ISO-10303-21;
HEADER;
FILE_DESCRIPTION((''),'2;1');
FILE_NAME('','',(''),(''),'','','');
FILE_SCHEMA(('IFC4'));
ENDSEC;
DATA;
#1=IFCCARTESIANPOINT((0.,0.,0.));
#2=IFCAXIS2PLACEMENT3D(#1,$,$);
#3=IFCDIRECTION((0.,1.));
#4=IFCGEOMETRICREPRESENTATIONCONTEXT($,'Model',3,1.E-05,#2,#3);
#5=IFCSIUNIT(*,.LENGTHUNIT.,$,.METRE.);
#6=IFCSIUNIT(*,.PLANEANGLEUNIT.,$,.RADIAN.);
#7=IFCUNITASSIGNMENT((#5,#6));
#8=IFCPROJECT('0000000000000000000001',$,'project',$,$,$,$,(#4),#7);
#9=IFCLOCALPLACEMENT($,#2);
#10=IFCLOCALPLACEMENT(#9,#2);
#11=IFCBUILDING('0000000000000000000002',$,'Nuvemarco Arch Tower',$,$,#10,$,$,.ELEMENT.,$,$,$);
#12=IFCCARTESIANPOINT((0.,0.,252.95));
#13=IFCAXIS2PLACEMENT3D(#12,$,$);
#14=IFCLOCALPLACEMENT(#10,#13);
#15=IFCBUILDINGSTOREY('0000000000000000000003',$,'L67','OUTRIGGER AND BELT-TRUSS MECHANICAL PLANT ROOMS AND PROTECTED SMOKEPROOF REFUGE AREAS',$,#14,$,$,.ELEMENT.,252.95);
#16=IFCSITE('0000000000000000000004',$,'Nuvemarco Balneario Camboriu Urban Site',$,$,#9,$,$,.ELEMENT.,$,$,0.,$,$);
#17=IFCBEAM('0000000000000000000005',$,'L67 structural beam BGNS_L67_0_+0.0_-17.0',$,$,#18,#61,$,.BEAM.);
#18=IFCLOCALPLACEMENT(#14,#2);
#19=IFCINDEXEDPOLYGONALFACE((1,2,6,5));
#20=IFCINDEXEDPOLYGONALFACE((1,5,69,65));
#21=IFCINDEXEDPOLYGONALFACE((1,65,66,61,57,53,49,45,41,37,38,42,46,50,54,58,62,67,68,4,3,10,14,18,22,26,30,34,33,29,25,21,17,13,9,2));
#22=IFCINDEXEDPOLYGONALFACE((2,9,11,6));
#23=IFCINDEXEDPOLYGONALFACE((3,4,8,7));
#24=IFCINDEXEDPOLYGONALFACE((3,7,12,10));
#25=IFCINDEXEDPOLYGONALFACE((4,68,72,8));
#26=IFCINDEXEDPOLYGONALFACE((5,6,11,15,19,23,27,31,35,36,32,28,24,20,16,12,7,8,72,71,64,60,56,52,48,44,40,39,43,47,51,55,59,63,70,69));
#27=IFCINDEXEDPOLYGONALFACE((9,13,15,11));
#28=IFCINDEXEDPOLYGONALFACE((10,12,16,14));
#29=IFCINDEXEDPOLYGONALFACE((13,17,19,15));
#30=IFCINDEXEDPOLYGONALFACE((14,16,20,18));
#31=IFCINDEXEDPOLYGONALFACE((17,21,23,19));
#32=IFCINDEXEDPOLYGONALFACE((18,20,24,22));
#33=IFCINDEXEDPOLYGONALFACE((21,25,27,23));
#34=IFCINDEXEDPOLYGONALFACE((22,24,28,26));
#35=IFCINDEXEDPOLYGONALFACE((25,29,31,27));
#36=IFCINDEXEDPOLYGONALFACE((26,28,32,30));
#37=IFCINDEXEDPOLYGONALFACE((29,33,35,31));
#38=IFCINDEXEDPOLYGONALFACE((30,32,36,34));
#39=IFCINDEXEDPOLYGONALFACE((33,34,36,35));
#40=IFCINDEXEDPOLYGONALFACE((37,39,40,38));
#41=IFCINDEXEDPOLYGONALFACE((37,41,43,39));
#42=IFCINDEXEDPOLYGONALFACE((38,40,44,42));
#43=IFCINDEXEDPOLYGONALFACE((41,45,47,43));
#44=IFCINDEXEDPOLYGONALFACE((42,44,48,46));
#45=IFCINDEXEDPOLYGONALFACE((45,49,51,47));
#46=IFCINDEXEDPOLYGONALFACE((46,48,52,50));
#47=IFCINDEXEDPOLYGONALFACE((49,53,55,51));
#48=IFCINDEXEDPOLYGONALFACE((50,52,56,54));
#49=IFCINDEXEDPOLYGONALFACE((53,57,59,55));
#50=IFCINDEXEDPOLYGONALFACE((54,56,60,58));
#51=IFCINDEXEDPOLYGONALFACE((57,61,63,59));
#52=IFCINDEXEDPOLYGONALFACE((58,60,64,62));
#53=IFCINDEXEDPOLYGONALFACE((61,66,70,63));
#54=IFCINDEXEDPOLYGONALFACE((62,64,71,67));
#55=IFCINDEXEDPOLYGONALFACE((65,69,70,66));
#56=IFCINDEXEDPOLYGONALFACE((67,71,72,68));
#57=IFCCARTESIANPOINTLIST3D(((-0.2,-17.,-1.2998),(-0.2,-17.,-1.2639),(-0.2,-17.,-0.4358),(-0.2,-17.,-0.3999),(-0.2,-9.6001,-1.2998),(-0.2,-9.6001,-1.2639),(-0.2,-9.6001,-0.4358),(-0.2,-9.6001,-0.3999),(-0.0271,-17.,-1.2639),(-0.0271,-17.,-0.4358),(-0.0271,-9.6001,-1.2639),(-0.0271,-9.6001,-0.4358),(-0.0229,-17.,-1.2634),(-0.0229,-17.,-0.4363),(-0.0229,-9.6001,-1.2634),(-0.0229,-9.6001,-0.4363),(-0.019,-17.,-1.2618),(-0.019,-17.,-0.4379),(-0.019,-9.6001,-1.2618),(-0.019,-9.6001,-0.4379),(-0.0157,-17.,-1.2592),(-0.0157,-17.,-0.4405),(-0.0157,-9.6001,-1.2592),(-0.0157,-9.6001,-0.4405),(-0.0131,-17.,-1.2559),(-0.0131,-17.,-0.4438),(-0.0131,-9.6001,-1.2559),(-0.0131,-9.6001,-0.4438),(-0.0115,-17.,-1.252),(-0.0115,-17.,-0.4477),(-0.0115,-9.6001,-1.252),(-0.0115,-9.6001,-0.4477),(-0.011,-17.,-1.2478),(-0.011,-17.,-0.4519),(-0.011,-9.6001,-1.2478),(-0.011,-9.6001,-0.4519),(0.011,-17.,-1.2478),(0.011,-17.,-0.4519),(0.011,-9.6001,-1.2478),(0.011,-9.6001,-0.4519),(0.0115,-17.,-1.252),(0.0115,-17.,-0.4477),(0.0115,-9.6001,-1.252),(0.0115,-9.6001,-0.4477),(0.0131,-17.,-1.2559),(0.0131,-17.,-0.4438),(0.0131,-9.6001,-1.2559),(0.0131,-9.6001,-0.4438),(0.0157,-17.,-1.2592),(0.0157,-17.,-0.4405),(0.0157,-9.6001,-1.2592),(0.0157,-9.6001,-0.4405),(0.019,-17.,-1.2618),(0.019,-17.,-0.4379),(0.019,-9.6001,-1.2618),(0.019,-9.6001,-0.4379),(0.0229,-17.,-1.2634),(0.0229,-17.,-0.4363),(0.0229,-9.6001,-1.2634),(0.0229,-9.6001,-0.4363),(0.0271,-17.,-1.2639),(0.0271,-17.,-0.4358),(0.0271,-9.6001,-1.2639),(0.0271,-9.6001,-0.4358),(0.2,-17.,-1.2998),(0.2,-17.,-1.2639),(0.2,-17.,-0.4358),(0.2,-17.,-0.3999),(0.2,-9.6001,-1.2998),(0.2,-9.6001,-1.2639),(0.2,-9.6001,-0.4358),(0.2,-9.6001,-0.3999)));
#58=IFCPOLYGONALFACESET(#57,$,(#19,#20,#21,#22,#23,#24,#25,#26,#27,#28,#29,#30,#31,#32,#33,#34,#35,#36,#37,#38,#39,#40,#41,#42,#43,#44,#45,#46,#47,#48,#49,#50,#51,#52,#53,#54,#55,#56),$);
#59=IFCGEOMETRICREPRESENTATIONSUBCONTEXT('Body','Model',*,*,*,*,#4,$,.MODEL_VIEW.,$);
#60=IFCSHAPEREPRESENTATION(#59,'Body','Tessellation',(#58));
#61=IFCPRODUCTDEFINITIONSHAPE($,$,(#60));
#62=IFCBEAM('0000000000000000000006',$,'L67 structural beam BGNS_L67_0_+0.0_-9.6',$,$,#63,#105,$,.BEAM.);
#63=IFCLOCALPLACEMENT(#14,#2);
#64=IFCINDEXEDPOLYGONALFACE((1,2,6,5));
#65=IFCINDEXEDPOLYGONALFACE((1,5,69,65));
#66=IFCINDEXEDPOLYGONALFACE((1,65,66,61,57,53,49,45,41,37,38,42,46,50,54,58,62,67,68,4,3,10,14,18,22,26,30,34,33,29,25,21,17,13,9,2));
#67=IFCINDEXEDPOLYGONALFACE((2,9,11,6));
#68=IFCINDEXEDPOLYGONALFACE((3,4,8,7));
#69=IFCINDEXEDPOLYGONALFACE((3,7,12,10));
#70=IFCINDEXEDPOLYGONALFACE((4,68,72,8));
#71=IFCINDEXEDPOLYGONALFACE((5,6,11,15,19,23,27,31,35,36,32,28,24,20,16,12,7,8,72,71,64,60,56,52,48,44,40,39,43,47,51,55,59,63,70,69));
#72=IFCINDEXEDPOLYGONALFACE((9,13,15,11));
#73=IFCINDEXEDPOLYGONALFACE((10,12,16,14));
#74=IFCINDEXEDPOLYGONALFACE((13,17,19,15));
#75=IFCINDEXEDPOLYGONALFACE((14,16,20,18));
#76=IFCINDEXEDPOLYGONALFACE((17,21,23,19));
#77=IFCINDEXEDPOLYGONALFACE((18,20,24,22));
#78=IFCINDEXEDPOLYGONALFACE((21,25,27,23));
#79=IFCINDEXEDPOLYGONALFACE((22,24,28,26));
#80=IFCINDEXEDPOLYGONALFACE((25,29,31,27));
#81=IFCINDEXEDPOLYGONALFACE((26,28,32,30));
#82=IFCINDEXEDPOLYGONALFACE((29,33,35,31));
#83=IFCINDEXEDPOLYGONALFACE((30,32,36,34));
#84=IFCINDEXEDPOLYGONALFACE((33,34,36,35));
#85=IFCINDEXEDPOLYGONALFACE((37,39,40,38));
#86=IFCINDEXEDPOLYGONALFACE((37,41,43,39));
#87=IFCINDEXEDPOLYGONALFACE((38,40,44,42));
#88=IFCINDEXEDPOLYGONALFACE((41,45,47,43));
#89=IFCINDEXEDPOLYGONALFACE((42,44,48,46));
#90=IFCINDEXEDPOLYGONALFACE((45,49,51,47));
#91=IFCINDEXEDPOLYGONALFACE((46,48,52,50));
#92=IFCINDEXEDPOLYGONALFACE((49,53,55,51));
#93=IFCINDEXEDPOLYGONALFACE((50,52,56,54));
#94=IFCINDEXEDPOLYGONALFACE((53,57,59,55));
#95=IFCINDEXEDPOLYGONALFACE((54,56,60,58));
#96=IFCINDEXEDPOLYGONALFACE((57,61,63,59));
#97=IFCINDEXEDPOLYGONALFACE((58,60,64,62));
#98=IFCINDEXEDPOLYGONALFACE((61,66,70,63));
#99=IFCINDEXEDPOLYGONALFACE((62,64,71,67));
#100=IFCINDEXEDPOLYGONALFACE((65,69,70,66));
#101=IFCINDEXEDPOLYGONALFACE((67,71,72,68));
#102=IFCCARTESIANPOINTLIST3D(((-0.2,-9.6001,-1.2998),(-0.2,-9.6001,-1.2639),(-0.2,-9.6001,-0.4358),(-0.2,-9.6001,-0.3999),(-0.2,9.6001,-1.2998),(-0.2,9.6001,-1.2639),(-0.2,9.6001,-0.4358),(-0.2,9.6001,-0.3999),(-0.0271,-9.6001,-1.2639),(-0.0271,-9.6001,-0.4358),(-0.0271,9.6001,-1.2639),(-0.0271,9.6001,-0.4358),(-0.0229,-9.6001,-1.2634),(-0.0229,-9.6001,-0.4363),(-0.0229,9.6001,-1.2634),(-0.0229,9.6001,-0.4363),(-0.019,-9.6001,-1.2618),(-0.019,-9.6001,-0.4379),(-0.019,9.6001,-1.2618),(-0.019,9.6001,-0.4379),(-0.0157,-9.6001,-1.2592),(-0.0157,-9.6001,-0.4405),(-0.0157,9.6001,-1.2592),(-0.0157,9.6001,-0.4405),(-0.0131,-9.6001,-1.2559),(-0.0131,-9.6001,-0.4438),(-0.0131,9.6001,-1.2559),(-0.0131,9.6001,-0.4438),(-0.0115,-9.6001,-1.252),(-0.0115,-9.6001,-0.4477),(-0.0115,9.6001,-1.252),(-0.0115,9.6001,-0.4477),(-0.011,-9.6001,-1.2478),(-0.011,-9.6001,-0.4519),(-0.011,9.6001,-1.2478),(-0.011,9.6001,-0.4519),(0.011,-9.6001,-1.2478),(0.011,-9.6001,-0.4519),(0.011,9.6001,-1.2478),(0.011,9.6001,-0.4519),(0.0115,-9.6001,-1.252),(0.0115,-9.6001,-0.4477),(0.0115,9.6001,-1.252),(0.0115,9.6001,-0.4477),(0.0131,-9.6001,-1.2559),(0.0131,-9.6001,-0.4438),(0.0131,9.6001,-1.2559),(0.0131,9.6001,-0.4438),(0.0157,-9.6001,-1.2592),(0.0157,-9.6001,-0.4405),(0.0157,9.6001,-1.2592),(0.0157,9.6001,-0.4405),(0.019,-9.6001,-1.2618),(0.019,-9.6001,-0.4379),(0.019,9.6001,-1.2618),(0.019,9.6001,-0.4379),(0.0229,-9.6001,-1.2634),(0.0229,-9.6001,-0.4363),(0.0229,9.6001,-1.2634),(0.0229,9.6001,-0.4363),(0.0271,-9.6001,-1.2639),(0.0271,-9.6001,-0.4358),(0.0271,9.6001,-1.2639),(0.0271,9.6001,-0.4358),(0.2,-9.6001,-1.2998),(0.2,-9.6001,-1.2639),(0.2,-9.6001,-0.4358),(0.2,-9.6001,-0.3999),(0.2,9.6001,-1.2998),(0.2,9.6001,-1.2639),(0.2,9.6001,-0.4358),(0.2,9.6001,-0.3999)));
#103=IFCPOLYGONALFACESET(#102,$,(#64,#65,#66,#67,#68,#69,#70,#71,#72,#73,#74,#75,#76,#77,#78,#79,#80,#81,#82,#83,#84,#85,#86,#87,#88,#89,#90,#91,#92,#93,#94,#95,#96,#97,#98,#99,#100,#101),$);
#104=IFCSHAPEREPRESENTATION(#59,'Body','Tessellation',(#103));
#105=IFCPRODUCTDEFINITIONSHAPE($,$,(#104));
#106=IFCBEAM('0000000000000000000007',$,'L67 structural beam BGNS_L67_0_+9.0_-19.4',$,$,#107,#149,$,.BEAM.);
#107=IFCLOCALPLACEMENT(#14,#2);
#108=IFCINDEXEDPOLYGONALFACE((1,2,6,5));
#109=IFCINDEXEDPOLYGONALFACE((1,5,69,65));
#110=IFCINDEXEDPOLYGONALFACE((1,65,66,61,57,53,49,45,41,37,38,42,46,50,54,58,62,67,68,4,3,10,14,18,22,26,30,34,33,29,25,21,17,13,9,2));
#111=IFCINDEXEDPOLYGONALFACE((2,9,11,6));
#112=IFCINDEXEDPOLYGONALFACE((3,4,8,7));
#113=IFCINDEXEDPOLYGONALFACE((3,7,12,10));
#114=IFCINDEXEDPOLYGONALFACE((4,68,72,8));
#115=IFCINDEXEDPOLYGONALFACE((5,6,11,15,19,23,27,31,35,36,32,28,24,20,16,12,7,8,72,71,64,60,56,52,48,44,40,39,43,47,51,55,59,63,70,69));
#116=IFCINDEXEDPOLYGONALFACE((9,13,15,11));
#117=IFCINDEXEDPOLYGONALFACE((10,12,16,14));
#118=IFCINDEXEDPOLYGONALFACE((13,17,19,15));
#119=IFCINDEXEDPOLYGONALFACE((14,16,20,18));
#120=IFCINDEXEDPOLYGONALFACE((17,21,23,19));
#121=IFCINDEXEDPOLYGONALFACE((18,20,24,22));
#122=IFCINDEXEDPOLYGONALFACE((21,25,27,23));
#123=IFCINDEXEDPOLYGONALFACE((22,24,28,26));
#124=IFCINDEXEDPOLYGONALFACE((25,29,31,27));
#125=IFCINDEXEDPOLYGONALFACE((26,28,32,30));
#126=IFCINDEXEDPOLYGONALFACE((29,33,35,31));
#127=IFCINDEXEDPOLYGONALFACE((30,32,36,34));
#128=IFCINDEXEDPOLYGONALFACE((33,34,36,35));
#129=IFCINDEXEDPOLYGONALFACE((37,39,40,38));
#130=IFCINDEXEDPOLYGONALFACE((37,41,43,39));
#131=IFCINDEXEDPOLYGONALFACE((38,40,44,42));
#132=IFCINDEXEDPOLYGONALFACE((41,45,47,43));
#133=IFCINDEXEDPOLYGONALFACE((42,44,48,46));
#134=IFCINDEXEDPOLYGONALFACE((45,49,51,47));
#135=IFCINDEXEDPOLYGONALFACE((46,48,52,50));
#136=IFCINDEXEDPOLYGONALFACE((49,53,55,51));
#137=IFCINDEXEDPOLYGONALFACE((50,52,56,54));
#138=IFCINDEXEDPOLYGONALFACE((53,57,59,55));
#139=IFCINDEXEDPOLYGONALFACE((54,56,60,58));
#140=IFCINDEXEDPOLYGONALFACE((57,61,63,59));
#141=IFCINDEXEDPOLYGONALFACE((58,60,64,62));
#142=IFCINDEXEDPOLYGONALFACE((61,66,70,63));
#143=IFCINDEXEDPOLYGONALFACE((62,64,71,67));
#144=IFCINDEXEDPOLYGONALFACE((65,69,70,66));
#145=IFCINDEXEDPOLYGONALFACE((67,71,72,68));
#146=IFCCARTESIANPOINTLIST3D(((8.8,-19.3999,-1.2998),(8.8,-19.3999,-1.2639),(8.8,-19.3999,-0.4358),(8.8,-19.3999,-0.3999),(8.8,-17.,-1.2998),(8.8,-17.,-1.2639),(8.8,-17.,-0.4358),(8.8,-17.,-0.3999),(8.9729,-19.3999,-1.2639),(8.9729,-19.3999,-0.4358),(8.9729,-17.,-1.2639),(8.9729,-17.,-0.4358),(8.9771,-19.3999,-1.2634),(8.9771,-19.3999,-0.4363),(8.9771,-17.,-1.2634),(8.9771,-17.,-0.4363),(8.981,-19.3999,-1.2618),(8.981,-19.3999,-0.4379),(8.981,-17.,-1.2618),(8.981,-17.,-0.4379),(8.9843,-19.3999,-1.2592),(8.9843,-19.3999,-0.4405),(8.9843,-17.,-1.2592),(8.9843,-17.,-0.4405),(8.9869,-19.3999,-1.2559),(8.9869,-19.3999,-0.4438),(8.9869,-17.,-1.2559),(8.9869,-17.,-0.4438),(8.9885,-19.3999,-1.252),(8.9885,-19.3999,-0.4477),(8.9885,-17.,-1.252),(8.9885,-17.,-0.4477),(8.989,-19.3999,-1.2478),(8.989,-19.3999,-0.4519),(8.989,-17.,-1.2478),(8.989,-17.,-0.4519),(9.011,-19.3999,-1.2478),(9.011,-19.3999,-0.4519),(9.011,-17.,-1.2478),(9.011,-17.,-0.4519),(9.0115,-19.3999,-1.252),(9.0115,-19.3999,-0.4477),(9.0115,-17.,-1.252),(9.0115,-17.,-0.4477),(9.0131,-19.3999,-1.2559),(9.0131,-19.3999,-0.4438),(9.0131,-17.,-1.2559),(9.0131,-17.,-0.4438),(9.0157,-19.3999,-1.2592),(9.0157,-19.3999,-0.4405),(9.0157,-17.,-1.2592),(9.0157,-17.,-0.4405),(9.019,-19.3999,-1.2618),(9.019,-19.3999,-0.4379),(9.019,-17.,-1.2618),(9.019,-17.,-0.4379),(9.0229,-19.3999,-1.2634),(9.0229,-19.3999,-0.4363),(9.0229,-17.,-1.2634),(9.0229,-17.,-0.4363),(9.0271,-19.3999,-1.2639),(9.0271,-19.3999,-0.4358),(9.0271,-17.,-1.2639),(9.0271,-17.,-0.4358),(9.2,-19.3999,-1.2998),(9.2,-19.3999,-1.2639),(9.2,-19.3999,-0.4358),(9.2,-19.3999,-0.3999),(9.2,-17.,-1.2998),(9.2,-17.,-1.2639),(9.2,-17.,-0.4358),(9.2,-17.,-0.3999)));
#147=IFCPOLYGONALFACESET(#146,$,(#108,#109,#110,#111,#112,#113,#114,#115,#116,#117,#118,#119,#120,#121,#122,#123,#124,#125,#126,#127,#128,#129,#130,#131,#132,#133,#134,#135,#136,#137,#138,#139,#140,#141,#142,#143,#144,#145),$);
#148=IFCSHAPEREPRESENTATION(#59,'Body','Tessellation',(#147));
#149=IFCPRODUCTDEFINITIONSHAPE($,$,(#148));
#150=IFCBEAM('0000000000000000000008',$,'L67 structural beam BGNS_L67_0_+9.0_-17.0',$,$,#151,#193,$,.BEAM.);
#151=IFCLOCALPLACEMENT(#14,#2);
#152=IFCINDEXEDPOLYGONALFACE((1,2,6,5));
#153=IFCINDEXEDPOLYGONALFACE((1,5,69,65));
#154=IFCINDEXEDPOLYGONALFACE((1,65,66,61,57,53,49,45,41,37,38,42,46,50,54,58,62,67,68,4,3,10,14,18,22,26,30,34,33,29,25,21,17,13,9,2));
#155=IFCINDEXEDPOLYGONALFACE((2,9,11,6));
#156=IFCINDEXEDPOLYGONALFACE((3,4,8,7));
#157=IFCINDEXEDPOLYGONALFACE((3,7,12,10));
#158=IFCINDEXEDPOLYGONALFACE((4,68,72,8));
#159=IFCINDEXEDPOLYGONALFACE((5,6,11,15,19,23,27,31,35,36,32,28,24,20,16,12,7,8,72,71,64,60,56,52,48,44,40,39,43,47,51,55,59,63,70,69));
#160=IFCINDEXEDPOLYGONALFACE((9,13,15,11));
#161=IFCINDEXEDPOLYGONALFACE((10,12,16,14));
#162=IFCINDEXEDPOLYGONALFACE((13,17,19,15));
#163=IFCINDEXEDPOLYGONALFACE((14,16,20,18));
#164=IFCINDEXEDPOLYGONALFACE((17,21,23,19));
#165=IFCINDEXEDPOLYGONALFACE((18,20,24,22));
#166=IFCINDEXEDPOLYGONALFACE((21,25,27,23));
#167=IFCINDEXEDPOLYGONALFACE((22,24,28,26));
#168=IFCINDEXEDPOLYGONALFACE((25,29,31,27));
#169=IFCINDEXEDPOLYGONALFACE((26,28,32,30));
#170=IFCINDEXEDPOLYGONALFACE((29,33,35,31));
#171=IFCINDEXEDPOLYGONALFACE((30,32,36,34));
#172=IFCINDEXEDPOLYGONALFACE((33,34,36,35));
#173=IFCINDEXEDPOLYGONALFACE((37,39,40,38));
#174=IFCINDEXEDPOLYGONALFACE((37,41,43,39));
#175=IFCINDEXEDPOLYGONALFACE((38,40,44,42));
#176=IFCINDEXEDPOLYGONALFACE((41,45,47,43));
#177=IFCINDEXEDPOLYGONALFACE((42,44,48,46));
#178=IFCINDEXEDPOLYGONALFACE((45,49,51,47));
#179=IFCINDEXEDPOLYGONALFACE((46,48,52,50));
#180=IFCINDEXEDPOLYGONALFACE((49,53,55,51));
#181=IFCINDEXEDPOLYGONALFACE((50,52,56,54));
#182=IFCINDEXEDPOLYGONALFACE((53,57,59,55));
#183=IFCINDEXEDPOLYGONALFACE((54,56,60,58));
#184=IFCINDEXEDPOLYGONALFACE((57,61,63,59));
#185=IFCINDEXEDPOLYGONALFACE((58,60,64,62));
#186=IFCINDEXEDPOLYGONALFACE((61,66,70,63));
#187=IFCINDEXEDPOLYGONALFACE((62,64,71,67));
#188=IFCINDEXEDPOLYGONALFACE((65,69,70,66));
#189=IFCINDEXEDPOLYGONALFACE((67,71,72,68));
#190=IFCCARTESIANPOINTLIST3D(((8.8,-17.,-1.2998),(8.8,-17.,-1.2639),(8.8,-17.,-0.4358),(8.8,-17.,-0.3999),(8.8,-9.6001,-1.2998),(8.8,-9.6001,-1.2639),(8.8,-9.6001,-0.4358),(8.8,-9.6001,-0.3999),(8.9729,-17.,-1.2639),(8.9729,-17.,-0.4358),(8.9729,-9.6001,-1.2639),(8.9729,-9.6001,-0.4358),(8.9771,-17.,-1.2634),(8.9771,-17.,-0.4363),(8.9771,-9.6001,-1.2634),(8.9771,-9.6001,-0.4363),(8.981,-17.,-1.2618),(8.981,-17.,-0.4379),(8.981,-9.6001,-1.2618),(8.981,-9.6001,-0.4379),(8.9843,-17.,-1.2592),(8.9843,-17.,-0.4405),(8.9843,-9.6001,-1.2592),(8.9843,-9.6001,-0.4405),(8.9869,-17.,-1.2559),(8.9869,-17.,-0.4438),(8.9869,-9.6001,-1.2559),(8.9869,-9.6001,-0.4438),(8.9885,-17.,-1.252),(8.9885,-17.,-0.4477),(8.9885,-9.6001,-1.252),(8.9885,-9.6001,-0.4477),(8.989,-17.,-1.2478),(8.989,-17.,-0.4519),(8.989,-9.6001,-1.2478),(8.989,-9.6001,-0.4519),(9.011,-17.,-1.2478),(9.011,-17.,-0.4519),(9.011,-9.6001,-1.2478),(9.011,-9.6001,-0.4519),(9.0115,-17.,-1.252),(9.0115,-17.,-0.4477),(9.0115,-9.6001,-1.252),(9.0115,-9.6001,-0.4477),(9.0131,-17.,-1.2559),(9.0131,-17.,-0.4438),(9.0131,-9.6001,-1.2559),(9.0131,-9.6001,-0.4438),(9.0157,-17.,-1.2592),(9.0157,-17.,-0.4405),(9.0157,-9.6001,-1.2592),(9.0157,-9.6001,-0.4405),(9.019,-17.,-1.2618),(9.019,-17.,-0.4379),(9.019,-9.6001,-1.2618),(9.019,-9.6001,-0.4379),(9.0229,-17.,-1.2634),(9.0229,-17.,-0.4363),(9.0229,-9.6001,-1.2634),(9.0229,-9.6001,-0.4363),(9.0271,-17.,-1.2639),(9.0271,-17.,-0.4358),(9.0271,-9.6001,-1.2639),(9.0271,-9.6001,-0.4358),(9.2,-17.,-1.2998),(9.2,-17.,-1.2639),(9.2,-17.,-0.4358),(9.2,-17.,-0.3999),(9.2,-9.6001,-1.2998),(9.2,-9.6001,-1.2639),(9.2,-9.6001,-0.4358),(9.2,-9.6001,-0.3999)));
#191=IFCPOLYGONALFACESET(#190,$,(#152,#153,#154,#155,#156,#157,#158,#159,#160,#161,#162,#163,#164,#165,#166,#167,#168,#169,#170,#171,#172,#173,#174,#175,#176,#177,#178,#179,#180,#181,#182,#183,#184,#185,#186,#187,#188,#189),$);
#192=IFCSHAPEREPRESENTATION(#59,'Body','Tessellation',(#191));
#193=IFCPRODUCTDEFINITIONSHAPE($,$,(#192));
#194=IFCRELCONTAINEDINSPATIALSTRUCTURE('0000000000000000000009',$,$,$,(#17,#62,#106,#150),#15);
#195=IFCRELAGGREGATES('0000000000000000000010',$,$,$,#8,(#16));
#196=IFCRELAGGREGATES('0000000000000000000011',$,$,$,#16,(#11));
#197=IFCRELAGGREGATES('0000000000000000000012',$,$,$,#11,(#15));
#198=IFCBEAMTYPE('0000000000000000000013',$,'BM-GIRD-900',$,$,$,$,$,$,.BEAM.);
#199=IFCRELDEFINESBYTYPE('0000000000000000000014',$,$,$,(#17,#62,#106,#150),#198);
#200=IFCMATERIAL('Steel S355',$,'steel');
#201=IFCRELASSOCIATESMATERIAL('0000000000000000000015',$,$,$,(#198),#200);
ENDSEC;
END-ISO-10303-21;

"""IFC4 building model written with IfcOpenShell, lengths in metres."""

from ifc_helpers import new_model, si_unit, direction, frame, origin, origin_2d, place, context, subcontext, project, spatial, i_section, extrude, material, material_profile, profile_set, type_object, element, save


model = new_model("IFC4")

# Units and contexts
model_context = context("Model", 3, precision=1e-05, world=origin(), true_north=direction((0.0, 1.0)))
body_context = subcontext(model_context, "Body", "Model", "MODEL_VIEW")
ifc_project = project(units=[si_unit("LENGTHUNIT", "METRE"), si_unit("PLANEANGLEUNIT", "RADIAN")], contexts=[model_context])

# Site, building, storey
site_placement = place(None, origin())
site = spatial("IfcSite", under=ifc_project, at=site_placement, Name="Nuvemarco Balneario Camboriu Urban Site", CompositionType="ELEMENT", RefElevation=0.0)
building_placement = place(site_placement, origin())
building = spatial("IfcBuilding", under=site, at=building_placement, Name="Nuvemarco Arch Tower", CompositionType="ELEMENT")
storey_placement = place(building_placement, frame((0.0, 0.0, 252.95)))
storey = spatial("IfcBuildingStorey", under=building, at=storey_placement, Name="L67", Description="OUTRIGGER AND BELT-TRUSS MECHANICAL PLANT ROOMS AND PROTECTED SMOKEPROOF REFUGE AREAS", CompositionType="ELEMENT", Elevation=252.95)

# Shared definitions
ifc_material_1 = material(Name="Steel S355", Category="steel")

# Beams
ifc_material_profile_1 = material_profile(ifc_material_1, i_section(OverallWidth=0.3999, OverallDepth=0.8999, WebThickness=0.022, FlangeThickness=0.0359, FilletRadius=0.0161, at=origin_2d()), Name="PG900x400")
ifc_profile_set_1 = profile_set([ifc_material_profile_1], Name="Steel S355")
beam_type_1 = type_object("IfcBeamType", Name="BM-GIRD-900", PredefinedType="BEAM", material=ifc_profile_set_1)
beam_1_placement = place(storey_placement, frame((0.0, -17.0, -0.8499), z_axis=(0.0, 1.0, 0.0), x_axis=(-1.0, 0.0, 0.0)))
element("IfcBeam", 1, at=beam_1_placement, inside=storey, type_object=beam_type_1, Name="L67 structural beam BGNS_L67_0_+0.0_-17.0", PredefinedType="BEAM", context=body_context, shape_type="SweptSolid", body=[
    extrude(i_section(OverallWidth=0.3999, OverallDepth=0.8999, WebThickness=0.022, FlangeThickness=0.0359, FilletRadius=0.0161, at=origin_2d()), origin(), (0.0, 0.0, 1.0), 7.3999),
])
beam_2_placement = place(storey_placement, frame((0.0, -9.6001, -0.8499), z_axis=(0.0, 1.0, 0.0), x_axis=(-1.0, 0.0, 0.0)))
element("IfcBeam", 2, at=beam_2_placement, inside=storey, type_object=beam_type_1, Name="L67 structural beam BGNS_L67_0_+0.0_-9.6", PredefinedType="BEAM", context=body_context, shape_type="SweptSolid", body=[
    extrude(i_section(OverallWidth=0.3999, OverallDepth=0.8999, WebThickness=0.022, FlangeThickness=0.0359, FilletRadius=0.0161, at=origin_2d()), origin(), (0.0, 0.0, 1.0), 19.2002),
])
beam_3_placement = place(storey_placement, frame((9.0, -19.3999, -0.8499), z_axis=(0.0, 1.0, 0.0), x_axis=(-1.0, 0.0, 0.0)))
element("IfcBeam", 3, at=beam_3_placement, inside=storey, type_object=beam_type_1, Name="L67 structural beam BGNS_L67_0_+9.0_-19.4", PredefinedType="BEAM", context=body_context, shape_type="SweptSolid", body=[
    extrude(i_section(OverallWidth=0.3999, OverallDepth=0.8999, WebThickness=0.022, FlangeThickness=0.0359, FilletRadius=0.0161, at=origin_2d()), origin(), (0.0, 0.0, 1.0), 2.3999),
])
beam_4_placement = place(storey_placement, frame((9.0, -17.0, -0.8499), z_axis=(0.0, 1.0, 0.0), x_axis=(-1.0, 0.0, 0.0)))
element("IfcBeam", 4, at=beam_4_placement, inside=storey, type_object=beam_type_1, Name="L67 structural beam BGNS_L67_0_+9.0_-17.0", PredefinedType="BEAM", context=body_context, shape_type="SweptSolid", body=[
    extrude(i_section(OverallWidth=0.3999, OverallDepth=0.8999, WebThickness=0.022, FlangeThickness=0.0359, FilletRadius=0.0161, at=origin_2d()), origin(), (0.0, 0.0, 1.0), 7.3999),
])

save(model, "model.ifc")
